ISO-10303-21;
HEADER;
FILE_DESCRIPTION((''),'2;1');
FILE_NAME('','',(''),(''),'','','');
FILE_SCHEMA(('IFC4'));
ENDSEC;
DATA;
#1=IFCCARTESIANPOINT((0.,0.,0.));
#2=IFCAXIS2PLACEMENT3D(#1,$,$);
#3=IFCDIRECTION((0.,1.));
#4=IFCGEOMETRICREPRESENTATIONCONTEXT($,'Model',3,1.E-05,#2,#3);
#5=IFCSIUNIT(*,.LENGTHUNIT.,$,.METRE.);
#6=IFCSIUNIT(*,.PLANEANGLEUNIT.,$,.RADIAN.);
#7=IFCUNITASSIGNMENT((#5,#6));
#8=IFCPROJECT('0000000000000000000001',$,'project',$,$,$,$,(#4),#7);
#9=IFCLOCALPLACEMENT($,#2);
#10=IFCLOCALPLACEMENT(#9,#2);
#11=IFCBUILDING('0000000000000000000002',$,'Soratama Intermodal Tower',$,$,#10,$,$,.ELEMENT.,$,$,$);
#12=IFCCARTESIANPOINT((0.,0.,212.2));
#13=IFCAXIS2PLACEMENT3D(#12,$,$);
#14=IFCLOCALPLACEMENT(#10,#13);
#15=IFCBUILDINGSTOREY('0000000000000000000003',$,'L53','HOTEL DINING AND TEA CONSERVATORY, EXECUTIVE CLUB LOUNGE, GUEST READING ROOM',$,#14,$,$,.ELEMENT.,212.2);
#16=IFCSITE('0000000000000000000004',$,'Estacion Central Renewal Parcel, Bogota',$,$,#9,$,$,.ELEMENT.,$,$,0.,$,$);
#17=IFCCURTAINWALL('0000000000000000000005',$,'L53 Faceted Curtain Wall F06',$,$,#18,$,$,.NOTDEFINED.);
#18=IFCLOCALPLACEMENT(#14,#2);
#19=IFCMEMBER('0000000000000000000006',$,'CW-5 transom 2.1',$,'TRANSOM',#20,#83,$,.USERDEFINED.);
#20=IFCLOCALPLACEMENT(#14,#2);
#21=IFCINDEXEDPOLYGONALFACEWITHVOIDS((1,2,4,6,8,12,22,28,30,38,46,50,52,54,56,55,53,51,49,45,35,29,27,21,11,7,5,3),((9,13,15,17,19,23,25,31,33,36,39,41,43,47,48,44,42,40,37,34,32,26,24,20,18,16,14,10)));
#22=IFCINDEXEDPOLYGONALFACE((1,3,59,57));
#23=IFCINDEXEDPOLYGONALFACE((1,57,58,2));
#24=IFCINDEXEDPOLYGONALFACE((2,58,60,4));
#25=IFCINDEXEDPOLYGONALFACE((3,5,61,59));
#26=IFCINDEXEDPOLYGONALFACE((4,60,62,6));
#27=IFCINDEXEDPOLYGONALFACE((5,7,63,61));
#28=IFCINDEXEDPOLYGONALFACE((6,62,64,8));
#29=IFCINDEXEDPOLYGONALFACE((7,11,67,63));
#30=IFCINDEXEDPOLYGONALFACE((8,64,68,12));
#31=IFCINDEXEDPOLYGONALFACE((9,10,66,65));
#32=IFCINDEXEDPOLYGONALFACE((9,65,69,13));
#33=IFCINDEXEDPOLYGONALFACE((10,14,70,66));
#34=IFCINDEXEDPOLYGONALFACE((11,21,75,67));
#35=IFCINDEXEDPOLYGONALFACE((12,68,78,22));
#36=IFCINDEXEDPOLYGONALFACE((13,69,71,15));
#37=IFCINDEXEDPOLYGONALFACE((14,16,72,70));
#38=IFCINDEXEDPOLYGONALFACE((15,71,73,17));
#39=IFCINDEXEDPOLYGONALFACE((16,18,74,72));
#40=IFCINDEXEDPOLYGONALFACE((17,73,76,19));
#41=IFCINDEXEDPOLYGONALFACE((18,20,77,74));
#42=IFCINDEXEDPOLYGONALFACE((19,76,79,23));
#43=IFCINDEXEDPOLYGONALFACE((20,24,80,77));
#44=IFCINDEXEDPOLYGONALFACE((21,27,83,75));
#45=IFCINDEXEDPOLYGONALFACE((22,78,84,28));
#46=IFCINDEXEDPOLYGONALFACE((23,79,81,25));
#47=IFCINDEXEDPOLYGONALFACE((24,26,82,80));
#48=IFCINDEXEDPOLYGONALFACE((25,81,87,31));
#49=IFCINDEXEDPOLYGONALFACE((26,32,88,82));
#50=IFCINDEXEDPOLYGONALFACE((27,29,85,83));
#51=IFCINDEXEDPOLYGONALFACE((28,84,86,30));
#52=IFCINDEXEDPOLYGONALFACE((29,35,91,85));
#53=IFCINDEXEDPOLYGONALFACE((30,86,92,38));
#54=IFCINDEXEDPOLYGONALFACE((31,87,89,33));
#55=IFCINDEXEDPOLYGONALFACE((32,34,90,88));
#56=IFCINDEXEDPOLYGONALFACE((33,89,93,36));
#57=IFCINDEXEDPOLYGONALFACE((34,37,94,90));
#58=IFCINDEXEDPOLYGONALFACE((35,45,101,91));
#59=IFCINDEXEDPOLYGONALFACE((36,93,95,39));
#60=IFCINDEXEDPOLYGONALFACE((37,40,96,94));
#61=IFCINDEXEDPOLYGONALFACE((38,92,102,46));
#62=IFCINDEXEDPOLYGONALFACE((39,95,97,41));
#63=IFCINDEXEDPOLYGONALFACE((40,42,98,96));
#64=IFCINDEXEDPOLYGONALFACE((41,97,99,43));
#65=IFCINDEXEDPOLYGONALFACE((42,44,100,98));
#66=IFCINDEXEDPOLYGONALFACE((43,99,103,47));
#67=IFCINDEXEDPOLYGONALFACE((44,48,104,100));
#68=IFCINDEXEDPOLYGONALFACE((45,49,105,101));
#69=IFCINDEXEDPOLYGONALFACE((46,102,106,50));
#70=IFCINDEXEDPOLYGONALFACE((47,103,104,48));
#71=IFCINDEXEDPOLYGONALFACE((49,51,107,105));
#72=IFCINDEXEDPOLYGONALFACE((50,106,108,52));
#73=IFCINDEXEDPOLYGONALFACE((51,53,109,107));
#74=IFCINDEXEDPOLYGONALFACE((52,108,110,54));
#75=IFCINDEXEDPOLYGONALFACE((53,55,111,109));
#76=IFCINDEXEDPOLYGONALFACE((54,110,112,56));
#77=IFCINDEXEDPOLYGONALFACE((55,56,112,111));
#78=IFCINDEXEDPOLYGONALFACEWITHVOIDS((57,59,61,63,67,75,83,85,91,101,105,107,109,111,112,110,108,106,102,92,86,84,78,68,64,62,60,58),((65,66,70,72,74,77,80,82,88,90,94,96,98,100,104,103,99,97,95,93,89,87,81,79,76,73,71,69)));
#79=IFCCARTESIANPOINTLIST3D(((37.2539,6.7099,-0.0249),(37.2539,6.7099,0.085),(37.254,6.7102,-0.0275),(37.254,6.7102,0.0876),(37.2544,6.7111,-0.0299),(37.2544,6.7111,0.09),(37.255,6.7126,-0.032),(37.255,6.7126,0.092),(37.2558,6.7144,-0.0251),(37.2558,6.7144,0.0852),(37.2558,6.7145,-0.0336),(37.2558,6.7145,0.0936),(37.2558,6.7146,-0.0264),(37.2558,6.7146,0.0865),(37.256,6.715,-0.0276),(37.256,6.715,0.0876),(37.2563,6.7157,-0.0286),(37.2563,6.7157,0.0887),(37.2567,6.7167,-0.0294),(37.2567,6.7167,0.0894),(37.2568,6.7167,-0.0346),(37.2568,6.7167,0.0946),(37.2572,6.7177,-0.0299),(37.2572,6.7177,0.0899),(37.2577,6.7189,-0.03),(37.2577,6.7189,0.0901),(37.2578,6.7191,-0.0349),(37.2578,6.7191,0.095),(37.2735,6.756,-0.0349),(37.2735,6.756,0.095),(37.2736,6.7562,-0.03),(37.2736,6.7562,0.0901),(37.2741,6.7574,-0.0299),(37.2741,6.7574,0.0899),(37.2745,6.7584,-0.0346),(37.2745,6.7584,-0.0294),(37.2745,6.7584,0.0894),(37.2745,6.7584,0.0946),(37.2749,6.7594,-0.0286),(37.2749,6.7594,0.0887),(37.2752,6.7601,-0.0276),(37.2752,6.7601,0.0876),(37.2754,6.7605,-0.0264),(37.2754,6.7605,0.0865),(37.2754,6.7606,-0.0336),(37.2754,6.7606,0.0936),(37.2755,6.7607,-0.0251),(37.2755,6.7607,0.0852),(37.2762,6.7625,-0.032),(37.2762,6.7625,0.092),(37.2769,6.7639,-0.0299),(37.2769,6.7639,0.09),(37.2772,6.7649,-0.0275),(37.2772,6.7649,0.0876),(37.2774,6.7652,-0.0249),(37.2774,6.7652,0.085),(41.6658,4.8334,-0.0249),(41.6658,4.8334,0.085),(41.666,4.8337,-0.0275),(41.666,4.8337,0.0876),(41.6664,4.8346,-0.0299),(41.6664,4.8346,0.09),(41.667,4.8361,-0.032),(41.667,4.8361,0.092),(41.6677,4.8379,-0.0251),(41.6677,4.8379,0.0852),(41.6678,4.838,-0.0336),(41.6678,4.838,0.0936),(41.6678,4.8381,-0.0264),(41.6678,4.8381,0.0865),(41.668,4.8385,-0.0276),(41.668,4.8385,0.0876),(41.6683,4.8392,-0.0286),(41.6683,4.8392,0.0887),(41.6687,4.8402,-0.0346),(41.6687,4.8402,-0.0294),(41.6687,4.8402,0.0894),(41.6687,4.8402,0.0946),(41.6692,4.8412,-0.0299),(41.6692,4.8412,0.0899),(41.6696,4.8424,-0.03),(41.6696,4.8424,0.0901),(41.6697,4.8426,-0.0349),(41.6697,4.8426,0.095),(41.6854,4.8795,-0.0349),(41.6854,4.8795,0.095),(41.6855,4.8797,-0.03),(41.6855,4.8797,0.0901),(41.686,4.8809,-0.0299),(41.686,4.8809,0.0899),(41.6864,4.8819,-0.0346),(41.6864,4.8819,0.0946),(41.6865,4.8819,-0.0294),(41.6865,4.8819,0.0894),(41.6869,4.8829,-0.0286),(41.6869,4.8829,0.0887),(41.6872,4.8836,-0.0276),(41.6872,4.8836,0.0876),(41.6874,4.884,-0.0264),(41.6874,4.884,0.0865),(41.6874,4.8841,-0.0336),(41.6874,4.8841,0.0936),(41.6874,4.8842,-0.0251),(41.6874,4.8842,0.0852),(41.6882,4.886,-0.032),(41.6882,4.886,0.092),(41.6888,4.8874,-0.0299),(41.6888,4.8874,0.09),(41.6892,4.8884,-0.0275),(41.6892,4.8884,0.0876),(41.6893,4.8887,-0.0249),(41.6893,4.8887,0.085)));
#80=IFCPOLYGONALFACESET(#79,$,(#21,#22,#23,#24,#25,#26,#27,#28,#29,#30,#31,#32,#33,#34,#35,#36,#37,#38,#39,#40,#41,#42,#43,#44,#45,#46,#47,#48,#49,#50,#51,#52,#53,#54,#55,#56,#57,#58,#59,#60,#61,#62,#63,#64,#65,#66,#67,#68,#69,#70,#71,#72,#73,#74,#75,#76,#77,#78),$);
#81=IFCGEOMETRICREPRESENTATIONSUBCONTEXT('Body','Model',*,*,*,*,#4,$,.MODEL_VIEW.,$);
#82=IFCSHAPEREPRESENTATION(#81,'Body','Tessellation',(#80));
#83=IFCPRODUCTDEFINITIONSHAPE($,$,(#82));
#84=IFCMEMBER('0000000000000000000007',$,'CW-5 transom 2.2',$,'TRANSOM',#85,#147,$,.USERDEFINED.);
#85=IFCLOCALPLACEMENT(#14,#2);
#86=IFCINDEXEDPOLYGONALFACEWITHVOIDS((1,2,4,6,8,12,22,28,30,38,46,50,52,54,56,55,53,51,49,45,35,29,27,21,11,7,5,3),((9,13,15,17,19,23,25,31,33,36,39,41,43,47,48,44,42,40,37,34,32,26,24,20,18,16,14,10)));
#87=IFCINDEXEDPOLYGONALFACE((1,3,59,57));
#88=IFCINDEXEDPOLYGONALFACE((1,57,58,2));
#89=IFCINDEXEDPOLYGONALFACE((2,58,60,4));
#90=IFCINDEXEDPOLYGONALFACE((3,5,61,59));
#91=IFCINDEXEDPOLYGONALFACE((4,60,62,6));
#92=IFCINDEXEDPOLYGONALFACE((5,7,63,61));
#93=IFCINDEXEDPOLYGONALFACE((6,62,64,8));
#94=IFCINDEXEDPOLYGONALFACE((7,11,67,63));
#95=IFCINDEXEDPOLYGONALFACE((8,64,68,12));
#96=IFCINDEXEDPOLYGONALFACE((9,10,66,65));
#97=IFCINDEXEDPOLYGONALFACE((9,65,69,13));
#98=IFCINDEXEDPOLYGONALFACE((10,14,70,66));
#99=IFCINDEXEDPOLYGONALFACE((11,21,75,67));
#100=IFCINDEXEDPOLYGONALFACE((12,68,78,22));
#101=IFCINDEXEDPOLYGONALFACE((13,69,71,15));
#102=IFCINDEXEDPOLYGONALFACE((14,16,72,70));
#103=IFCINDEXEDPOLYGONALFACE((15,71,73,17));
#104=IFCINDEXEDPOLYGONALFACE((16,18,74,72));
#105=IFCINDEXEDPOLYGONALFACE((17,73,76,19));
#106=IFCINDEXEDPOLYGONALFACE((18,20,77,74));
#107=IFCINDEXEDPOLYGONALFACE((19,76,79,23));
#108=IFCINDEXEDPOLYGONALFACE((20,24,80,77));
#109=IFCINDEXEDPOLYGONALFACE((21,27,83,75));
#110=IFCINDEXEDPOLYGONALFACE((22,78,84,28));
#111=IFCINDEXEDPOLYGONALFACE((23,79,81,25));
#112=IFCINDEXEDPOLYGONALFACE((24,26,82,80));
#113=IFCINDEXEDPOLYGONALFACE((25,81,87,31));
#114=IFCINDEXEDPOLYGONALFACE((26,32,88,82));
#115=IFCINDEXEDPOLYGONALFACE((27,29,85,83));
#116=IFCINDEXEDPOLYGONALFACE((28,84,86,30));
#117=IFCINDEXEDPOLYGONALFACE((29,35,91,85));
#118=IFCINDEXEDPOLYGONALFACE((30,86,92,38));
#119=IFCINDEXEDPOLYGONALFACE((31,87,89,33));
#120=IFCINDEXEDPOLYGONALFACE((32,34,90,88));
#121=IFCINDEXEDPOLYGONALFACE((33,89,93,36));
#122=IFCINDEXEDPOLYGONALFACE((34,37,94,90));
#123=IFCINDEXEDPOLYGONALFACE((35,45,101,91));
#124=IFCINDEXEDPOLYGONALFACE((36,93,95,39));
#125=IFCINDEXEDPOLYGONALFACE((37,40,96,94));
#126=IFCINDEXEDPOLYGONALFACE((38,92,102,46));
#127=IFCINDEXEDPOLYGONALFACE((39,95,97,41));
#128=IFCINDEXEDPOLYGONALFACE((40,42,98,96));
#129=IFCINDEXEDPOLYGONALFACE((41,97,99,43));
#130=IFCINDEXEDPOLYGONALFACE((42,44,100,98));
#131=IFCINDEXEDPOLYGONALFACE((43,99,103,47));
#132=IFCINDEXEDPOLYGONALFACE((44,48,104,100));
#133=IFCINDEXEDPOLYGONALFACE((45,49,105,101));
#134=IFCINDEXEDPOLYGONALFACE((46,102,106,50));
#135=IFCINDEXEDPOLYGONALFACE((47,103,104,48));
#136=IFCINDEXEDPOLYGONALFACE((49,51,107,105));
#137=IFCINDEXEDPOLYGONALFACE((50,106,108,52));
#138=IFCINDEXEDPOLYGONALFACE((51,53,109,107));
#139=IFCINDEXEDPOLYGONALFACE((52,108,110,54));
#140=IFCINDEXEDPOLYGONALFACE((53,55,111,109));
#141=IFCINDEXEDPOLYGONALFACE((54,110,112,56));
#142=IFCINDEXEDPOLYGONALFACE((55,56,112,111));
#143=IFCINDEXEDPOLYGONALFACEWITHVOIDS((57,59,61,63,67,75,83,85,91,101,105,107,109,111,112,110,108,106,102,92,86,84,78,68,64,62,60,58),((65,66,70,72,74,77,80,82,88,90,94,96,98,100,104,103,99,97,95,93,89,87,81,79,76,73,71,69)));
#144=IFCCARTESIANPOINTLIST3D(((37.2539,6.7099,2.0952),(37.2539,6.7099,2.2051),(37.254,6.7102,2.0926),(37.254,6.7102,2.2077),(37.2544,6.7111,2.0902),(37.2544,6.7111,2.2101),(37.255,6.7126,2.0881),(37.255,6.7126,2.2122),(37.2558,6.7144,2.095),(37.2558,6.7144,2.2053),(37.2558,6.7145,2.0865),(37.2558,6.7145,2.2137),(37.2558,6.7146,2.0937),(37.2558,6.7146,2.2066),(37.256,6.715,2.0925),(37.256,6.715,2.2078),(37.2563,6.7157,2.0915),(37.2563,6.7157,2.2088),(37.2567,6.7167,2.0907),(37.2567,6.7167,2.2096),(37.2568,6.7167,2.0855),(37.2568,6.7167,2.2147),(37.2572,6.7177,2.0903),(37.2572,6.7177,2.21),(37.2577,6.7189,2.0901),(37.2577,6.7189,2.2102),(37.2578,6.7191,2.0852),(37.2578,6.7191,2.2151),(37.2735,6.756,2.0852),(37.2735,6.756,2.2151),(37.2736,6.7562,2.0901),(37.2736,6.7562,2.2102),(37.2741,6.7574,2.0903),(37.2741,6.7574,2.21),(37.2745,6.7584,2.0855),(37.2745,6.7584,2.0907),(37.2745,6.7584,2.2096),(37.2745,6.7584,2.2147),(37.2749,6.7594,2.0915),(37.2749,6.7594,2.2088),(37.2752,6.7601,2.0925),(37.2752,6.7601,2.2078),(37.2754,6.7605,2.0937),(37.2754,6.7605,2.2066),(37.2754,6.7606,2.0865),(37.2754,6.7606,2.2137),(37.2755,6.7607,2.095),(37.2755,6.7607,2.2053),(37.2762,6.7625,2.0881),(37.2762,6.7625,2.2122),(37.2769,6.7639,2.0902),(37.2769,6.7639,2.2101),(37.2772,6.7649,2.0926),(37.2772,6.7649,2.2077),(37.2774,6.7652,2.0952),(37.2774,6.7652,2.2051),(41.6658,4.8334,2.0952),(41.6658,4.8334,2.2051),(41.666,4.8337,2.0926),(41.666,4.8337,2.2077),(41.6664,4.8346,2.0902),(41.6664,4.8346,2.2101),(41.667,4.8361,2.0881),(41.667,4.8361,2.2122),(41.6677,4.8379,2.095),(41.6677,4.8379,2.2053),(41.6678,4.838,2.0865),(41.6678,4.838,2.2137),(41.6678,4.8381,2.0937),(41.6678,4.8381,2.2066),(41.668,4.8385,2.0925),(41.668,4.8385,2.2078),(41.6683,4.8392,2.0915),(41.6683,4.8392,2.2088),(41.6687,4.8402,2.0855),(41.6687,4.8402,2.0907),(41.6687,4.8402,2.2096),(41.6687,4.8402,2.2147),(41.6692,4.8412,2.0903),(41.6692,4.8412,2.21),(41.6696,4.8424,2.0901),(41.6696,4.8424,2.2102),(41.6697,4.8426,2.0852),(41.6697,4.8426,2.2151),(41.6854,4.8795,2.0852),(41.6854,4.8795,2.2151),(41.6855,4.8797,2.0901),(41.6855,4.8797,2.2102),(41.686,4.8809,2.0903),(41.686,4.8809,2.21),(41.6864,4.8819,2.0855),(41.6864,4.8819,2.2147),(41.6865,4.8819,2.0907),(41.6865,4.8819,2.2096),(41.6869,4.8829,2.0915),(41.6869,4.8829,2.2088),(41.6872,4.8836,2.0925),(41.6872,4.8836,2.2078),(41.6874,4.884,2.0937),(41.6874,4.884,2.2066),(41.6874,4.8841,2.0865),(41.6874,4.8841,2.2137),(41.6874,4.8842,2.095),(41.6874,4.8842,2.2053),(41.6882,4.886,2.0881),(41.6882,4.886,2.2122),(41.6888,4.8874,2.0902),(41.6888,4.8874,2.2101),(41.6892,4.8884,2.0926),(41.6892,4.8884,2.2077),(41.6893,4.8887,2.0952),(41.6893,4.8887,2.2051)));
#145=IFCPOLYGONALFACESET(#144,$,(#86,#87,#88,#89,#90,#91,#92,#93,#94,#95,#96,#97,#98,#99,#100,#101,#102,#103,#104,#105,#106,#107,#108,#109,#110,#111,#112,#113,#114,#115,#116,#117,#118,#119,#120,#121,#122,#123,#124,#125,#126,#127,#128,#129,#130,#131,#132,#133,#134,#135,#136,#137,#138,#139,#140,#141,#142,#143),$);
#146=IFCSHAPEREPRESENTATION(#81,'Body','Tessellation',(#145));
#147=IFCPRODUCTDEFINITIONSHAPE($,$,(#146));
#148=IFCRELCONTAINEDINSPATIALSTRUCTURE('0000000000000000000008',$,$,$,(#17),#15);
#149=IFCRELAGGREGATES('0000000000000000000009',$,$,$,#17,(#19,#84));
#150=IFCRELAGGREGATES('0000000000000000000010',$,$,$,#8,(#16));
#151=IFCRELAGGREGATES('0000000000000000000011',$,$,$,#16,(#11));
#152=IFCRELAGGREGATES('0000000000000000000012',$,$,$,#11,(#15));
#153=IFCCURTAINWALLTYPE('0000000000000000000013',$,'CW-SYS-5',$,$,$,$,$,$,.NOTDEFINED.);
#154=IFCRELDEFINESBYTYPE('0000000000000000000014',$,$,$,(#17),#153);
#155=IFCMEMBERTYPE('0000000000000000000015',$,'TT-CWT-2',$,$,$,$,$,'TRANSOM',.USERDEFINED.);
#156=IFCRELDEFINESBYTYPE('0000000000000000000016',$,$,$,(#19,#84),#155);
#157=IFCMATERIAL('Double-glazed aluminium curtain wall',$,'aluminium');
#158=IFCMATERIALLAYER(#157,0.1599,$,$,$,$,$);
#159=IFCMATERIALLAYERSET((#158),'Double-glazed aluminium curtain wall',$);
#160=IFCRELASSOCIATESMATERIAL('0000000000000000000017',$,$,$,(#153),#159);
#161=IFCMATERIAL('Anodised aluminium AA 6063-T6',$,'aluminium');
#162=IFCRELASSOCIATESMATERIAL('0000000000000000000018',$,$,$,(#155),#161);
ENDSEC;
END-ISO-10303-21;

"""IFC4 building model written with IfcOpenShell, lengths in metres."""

from ifc_helpers import new_model, si_unit, direction, frame, origin, origin_2d, place, context, subcontext, project, spatial, hollow_rectangle, extrude, material, layer, layer_set, material_profile, profile_set, type_object, element, aggregate, save


model = new_model("IFC4")

# Units and contexts
model_context = context("Model", 3, precision=1e-05, world=origin(), true_north=direction((0.0, 1.0)))
body_context = subcontext(model_context, "Body", "Model", "MODEL_VIEW")
ifc_project = project(units=[si_unit("LENGTHUNIT", "METRE"), si_unit("PLANEANGLEUNIT", "RADIAN")], contexts=[model_context])

# Site, building, storey
site_placement = place(None, origin())
site = spatial("IfcSite", under=ifc_project, at=site_placement, Name="Estacion Central Renewal Parcel, Bogota", CompositionType="ELEMENT", RefElevation=0.0)
building_placement = place(site_placement, origin())
building = spatial("IfcBuilding", under=site, at=building_placement, Name="Soratama Intermodal Tower", CompositionType="ELEMENT")
storey_placement = place(building_placement, frame((0.0, 0.0, 212.2)))
storey = spatial("IfcBuildingStorey", under=building, at=storey_placement, Name="L53", Description="HOTEL DINING AND TEA CONSERVATORY, EXECUTIVE CLUB LOUNGE, GUEST READING ROOM", CompositionType="ELEMENT", Elevation=212.2)

# Curtain wall, members
ifc_material_1 = material(Name="Double-glazed aluminium curtain wall", Category="aluminium")
ifc_layer_1 = layer(ifc_material_1, 0.1599)
ifc_layer_set_1 = layer_set([ifc_layer_1], Name="Double-glazed aluminium curtain wall")
curtain_wall_type = type_object("IfcCurtainWallType", Name="CW-SYS-5", PredefinedType="NOTDEFINED", material=ifc_layer_set_1)
curtain_wall_placement = place(storey_placement, origin())
curtain_wall = element("IfcCurtainWall", 1, at=curtain_wall_placement, inside=storey, type_object=curtain_wall_type, Name="L53 Faceted Curtain Wall F06", PredefinedType="NOTDEFINED")
ifc_material_2 = material(Name="Anodised aluminium AA 6063-T6", Category="aluminium")
ifc_material_profile_1 = material_profile(ifc_material_2, hollow_rectangle(XDim=0.0601, YDim=0.1299, WallThickness=0.0049, InnerFilletRadius=0.0049, OuterFilletRadius=0.01, at=origin_2d()), Name="CWT130X60X5")
ifc_profile_set_1 = profile_set([ifc_material_profile_1], Name="Anodised aluminium AA 6063-T6")
member_type_1 = type_object("IfcMemberType", Name="TT-CWT-2", ElementType="TRANSOM", PredefinedType="USERDEFINED", material=ifc_profile_set_1)
member_1_placement = place(storey_placement, frame((37.2656, 6.7375, 0.03), z_axis=(0.920224, -0.391392, 0.0), x_axis=(0.391392, 0.920224, 0.0)))
member_1 = element("IfcMember", 2, at=member_1_placement, type_object=member_type_1, Name="CW-5 transom 2.1", ObjectType="TRANSOM", PredefinedType="USERDEFINED", context=body_context, shape_type="SweptSolid", body=[
    extrude(hollow_rectangle(XDim=0.0601, YDim=0.1299, WallThickness=0.0049, InnerFilletRadius=0.0049, OuterFilletRadius=0.01, at=origin_2d()), origin(), (0.0, 0.0, 1.0), 4.7944),
])
member_2_placement = place(storey_placement, frame((37.2656, 6.7375, 2.1501), z_axis=(0.920224, -0.391392, 0.0), x_axis=(0.391392, 0.920224, 0.0)))
member_2 = element("IfcMember", 3, at=member_2_placement, type_object=member_type_1, Name="CW-5 transom 2.2", ObjectType="TRANSOM", PredefinedType="USERDEFINED", context=body_context, shape_type="SweptSolid", body=[
    extrude(hollow_rectangle(XDim=0.0601, YDim=0.1299, WallThickness=0.0049, InnerFilletRadius=0.0049, OuterFilletRadius=0.01, at=origin_2d()), origin(), (0.0, 0.0, 1.0), 4.7944),
])
aggregate(curtain_wall, [member_1, member_2])

save(model, "model.ifc")
